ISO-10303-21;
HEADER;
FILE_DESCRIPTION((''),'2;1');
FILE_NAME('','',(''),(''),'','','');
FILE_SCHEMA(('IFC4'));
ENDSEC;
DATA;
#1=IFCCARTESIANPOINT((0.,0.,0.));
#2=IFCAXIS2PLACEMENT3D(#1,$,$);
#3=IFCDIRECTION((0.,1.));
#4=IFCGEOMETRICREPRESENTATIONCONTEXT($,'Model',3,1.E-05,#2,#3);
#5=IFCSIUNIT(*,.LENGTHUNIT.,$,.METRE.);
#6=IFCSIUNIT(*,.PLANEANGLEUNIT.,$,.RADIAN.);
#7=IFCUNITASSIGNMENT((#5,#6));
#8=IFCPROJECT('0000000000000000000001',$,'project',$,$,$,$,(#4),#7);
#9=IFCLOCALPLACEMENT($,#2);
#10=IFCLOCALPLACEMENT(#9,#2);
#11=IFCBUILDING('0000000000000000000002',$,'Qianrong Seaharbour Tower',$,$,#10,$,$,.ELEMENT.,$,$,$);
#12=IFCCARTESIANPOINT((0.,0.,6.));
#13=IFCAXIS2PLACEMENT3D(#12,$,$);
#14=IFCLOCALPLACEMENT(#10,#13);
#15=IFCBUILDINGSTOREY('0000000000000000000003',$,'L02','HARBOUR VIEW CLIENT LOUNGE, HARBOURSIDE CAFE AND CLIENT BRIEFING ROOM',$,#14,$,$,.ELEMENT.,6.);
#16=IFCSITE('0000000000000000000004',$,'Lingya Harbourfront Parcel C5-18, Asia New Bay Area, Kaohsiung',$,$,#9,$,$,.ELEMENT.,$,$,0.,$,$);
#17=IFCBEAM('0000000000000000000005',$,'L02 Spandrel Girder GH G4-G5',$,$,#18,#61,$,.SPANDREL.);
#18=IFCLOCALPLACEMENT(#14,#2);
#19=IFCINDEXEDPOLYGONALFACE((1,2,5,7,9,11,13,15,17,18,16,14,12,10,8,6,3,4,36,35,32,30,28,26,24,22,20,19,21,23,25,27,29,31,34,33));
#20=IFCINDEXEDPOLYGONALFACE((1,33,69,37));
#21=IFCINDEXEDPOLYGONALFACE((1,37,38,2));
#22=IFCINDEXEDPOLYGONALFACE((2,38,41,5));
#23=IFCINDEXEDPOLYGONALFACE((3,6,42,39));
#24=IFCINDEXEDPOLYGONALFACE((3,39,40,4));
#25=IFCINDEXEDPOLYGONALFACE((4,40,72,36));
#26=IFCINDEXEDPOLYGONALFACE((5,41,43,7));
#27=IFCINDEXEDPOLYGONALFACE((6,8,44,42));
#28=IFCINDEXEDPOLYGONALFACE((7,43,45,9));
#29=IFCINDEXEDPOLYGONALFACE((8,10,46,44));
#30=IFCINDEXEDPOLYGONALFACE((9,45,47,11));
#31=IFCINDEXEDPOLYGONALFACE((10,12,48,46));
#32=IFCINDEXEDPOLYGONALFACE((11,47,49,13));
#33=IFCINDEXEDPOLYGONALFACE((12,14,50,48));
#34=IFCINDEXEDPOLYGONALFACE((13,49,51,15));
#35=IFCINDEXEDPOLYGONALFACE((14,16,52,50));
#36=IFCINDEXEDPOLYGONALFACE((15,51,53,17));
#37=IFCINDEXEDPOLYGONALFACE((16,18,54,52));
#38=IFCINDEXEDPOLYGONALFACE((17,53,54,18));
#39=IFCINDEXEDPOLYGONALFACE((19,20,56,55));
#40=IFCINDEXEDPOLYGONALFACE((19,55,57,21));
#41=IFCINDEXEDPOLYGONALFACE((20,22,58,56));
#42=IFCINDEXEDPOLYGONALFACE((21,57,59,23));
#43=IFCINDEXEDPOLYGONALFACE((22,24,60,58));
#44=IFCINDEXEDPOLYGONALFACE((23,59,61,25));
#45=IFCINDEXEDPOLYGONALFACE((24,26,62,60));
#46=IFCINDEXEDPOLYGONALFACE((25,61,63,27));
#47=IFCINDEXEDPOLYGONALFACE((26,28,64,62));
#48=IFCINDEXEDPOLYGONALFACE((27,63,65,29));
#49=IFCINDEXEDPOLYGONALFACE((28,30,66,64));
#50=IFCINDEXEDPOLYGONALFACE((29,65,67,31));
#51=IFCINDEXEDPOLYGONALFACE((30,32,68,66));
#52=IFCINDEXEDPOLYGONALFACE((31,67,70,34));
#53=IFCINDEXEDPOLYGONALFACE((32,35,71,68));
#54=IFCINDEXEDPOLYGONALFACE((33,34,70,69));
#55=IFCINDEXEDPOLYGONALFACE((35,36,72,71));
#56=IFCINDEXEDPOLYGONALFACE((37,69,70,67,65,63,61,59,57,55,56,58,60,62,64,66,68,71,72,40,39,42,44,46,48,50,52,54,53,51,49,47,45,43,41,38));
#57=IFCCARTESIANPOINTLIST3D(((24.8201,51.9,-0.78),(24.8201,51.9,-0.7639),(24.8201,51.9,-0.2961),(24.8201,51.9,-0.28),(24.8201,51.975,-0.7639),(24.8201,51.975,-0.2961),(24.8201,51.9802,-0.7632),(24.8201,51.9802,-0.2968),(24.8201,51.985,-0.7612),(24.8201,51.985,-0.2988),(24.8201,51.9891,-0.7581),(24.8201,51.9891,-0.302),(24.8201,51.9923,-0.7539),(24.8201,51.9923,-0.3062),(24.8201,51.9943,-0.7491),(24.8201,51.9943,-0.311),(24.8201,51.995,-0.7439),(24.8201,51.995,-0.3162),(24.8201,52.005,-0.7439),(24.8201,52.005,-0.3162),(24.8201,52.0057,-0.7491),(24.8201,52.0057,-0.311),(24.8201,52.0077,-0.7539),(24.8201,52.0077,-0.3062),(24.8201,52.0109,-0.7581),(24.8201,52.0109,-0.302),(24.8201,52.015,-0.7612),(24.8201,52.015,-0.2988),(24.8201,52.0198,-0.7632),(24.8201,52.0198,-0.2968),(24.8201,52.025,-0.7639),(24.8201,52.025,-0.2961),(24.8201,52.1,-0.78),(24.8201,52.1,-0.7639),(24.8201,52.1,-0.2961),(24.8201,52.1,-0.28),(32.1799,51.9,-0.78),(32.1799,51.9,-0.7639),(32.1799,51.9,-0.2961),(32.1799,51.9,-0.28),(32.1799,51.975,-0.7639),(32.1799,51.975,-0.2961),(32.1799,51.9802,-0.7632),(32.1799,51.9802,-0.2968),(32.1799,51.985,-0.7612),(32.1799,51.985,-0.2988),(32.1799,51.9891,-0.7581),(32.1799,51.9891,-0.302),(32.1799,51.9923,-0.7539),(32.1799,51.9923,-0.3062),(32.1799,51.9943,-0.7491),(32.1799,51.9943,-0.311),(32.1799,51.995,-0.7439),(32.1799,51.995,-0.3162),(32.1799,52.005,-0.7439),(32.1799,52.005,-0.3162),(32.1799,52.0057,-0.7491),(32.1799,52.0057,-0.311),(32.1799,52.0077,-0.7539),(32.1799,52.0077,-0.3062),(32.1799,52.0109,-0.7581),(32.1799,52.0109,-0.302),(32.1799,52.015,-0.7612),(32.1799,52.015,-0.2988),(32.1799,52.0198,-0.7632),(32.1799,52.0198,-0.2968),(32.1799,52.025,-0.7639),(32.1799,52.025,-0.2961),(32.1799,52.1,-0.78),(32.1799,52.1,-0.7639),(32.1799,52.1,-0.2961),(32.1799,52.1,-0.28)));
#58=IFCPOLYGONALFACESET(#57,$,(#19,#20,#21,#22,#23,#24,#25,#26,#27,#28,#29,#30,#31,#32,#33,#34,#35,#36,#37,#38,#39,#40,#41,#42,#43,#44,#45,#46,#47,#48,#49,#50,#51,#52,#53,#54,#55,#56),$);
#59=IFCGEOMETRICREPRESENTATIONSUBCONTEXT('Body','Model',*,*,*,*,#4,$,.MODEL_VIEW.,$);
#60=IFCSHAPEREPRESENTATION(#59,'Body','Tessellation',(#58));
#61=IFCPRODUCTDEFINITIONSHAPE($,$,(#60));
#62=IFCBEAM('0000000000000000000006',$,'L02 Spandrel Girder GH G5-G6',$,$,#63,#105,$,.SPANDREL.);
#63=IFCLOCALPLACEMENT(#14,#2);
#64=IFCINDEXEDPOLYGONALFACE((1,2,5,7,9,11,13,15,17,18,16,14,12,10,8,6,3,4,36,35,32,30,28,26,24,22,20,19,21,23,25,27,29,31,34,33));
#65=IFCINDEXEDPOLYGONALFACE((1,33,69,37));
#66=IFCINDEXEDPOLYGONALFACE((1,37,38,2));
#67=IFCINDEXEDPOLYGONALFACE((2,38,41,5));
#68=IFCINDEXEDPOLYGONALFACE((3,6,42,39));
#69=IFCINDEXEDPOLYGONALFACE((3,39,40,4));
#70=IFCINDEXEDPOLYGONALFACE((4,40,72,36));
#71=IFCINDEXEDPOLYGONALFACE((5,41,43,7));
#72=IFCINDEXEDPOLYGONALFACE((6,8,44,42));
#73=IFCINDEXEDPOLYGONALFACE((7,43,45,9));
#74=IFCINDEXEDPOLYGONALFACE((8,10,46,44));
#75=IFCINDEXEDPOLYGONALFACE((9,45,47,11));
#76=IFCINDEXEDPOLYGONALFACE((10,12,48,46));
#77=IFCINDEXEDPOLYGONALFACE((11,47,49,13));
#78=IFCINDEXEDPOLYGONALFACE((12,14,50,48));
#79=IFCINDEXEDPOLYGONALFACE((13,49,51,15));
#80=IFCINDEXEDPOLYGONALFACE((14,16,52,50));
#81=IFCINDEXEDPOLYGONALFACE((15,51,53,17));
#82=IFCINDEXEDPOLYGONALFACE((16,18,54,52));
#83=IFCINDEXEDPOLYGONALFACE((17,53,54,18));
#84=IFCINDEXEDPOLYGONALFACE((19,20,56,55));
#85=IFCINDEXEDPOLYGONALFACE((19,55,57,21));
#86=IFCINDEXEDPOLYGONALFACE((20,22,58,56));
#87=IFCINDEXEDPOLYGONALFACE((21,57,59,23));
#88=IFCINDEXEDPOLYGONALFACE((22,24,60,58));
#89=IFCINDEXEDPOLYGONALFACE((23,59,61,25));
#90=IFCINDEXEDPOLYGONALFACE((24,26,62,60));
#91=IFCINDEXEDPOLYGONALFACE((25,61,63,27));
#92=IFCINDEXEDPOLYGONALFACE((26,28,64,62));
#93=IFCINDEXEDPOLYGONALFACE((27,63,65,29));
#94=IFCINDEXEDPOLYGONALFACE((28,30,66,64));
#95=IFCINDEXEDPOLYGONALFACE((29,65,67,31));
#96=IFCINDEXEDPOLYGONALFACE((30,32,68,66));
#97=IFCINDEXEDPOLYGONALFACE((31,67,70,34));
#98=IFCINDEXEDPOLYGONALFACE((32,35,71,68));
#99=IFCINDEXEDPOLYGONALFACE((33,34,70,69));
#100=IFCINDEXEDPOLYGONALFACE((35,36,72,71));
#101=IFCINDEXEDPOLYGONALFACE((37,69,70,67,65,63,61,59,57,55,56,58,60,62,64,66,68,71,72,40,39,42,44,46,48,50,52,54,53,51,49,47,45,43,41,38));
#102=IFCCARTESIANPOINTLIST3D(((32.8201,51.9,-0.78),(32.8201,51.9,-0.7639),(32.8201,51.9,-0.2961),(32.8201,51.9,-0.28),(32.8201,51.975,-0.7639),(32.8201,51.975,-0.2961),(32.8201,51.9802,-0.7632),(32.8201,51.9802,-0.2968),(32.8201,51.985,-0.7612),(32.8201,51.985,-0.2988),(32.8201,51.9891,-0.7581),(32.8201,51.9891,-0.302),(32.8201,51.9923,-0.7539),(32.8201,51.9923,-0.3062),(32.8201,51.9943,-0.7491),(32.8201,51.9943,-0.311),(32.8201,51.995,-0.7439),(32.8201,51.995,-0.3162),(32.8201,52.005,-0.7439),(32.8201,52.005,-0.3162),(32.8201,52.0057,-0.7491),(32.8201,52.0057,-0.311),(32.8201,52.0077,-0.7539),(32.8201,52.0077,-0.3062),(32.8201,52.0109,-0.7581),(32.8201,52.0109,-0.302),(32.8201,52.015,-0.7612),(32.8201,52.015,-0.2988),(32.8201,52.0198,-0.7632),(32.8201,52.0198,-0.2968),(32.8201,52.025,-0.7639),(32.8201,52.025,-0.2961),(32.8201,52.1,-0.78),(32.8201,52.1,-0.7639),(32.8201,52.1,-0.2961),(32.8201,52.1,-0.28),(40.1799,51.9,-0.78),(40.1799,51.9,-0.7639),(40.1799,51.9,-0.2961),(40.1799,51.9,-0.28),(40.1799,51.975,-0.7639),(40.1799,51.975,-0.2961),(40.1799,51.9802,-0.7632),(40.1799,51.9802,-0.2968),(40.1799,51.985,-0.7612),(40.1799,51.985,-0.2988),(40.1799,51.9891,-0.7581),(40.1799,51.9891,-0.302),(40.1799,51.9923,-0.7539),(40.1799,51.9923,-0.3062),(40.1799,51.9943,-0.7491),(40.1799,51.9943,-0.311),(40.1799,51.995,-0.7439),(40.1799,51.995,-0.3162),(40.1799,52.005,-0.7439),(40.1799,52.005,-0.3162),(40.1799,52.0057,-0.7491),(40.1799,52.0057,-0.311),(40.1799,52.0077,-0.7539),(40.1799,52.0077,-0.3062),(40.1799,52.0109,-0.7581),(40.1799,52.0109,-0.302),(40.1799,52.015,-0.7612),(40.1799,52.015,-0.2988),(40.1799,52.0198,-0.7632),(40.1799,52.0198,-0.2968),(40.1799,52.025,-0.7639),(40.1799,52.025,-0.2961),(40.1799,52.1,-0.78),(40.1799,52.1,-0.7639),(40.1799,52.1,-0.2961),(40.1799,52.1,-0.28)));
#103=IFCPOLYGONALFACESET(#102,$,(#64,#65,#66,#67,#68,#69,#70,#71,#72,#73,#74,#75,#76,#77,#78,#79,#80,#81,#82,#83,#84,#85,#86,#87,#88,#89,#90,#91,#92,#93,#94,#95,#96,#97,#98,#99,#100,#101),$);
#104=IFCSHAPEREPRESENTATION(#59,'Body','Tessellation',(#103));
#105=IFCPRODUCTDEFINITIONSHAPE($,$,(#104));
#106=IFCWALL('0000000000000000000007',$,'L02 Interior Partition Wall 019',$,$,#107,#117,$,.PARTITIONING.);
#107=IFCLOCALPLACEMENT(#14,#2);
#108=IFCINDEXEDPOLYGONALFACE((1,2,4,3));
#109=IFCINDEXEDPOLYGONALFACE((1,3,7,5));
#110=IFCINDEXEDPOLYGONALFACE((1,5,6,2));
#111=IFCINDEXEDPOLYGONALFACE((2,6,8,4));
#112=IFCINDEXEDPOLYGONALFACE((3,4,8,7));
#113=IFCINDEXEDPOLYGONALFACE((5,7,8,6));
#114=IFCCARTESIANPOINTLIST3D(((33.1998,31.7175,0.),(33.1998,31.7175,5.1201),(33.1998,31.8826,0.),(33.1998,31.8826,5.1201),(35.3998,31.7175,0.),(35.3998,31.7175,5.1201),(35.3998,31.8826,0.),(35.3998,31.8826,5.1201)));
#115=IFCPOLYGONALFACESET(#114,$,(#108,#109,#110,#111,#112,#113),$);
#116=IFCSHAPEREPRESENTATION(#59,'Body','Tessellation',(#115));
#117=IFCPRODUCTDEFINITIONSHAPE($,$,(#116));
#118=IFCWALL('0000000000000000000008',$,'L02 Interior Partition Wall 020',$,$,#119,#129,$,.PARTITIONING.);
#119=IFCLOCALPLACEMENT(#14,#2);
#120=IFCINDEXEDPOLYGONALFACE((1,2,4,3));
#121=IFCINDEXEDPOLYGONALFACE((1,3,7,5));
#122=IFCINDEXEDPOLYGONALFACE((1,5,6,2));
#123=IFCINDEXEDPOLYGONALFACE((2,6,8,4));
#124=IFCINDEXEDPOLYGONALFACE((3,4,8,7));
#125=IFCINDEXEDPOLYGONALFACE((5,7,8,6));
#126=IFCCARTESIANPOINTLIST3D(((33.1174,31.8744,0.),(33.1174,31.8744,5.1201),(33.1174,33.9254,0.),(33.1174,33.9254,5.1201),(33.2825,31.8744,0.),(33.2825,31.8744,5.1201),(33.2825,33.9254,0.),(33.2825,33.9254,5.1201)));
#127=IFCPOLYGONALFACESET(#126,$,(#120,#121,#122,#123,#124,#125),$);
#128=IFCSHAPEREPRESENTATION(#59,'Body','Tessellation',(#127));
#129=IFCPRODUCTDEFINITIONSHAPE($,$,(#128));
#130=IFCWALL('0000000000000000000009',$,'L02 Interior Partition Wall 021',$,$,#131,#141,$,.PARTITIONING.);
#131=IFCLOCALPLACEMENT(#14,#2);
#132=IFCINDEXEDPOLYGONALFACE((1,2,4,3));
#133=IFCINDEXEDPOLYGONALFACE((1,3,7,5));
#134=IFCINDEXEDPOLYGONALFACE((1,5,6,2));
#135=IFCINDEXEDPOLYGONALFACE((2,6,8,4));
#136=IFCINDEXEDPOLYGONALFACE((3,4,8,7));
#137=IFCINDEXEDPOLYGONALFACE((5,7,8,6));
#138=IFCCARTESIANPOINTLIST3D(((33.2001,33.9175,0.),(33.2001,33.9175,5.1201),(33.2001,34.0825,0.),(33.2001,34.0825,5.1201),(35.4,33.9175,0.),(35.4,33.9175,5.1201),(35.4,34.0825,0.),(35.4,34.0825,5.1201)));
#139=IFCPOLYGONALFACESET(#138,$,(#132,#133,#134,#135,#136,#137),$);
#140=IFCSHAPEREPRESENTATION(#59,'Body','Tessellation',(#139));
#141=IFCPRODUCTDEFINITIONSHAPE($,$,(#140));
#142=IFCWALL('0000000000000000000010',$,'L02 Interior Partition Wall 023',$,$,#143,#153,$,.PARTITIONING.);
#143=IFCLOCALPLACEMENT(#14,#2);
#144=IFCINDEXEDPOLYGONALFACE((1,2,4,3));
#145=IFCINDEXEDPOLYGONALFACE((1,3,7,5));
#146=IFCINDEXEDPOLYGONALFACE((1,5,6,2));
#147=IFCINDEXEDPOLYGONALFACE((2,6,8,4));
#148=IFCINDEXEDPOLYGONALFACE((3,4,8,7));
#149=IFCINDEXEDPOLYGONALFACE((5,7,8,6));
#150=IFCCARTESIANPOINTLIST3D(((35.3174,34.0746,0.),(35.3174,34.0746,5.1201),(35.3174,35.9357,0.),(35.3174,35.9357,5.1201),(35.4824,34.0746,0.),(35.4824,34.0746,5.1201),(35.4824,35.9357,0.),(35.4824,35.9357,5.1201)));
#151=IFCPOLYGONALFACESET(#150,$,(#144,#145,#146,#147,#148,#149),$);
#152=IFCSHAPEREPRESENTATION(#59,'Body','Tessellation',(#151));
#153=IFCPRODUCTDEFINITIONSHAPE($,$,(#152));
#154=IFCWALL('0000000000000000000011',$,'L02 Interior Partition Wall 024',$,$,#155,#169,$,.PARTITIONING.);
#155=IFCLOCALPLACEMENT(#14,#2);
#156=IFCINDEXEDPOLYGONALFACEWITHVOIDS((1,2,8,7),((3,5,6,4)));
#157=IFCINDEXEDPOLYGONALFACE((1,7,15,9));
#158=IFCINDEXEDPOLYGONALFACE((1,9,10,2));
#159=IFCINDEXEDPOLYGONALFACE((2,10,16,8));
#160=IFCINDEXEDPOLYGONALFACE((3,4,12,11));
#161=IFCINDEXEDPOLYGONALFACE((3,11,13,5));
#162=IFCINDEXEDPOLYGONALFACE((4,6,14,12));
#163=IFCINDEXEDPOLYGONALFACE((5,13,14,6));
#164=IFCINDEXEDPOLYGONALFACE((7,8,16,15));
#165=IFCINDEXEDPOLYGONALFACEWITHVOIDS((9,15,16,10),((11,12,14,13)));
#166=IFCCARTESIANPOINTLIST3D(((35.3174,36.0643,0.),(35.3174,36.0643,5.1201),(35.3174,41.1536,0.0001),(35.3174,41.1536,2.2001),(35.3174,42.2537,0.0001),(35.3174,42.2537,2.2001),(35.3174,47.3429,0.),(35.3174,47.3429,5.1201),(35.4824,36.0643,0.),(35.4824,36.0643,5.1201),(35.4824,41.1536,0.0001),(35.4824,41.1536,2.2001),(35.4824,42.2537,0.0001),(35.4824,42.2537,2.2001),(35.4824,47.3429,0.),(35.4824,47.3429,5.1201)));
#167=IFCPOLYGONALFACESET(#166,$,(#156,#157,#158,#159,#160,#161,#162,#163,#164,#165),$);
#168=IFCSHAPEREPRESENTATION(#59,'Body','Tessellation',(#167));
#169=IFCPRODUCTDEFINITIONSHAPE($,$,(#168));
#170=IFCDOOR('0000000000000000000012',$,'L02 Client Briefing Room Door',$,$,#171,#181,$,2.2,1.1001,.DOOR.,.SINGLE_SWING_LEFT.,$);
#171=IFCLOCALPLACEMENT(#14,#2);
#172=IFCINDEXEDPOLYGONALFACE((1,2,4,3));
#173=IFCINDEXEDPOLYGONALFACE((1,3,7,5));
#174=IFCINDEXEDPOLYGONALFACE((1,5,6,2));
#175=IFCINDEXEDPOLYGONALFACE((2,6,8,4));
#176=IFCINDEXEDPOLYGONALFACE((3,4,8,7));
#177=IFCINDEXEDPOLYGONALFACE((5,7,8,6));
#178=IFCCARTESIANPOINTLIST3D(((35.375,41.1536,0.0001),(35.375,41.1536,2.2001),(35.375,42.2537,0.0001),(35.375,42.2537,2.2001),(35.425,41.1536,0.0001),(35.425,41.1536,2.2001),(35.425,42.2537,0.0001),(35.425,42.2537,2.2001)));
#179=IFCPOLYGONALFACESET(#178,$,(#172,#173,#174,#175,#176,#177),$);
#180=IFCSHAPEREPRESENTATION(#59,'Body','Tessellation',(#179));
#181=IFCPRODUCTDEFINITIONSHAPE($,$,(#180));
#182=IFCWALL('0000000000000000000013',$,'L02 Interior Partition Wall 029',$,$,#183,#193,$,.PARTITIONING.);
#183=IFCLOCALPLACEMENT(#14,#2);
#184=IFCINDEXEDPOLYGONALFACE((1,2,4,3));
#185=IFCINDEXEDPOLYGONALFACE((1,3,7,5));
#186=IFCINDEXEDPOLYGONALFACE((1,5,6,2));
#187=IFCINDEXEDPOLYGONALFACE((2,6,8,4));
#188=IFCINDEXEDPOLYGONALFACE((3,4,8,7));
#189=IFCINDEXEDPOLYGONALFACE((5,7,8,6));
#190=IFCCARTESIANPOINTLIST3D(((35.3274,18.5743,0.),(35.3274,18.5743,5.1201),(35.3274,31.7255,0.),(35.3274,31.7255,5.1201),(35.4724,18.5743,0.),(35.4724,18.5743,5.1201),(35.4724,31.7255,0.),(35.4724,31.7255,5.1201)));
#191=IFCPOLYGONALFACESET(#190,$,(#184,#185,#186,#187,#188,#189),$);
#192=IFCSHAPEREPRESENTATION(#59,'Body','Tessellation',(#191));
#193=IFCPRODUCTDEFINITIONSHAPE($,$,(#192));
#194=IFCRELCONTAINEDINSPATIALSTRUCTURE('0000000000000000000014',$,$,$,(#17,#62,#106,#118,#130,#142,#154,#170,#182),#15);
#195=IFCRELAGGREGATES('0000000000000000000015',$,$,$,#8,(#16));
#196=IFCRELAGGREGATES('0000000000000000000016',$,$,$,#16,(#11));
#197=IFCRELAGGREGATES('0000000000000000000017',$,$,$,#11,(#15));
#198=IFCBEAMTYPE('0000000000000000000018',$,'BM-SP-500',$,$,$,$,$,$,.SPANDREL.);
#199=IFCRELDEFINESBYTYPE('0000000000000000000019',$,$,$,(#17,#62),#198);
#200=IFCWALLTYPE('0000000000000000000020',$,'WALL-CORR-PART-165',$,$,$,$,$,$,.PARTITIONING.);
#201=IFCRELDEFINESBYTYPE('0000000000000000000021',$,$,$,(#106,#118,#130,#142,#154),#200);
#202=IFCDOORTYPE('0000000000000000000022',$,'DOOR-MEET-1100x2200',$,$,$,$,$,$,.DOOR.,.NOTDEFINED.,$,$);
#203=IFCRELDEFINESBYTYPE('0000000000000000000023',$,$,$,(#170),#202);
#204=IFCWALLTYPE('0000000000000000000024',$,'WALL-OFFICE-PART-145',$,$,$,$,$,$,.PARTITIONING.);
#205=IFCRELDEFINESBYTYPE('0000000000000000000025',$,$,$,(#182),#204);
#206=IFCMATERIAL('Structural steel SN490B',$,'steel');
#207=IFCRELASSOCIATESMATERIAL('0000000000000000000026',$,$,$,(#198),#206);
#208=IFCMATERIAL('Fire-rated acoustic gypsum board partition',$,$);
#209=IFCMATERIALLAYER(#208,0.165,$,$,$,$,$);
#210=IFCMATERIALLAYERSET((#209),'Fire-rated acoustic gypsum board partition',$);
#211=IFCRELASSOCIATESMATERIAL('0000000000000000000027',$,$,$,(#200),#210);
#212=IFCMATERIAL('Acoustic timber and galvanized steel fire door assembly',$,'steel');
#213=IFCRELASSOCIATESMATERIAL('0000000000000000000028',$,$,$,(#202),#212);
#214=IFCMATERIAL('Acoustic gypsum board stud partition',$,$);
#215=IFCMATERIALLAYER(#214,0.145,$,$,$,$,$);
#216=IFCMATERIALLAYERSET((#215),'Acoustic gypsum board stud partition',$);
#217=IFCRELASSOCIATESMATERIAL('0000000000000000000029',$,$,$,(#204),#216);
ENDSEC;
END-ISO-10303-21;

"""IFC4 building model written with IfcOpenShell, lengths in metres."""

from ifc_helpers import new_model, si_unit, direction, frame, frame_2d, origin, origin_2d, place, context, subcontext, project, spatial, rectangle, i_section, extrude, material, layer, layer_set, material_profile, profile_set, type_object, element, fill, save


model = new_model("IFC4")

# Units and contexts
model_context = context("Model", 3, precision=1e-05, world=origin(), true_north=direction((0.0, 1.0)))
body_context = subcontext(model_context, "Body", "Model", "MODEL_VIEW")
ifc_project = project(units=[si_unit("LENGTHUNIT", "METRE"), si_unit("PLANEANGLEUNIT", "RADIAN")], contexts=[model_context])

# Site, building, storey
site_placement = place(None, origin())
site = spatial("IfcSite", under=ifc_project, at=site_placement, Name="Lingya Harbourfront Parcel C5-18, Asia New Bay Area, Kaohsiung", CompositionType="ELEMENT", RefElevation=0.0)
building_placement = place(site_placement, origin())
building = spatial("IfcBuilding", under=site, at=building_placement, Name="Qianrong Seaharbour Tower", CompositionType="ELEMENT")
storey_placement = place(building_placement, frame((0.0, 0.0, 6.0)))
storey = spatial("IfcBuildingStorey", under=building, at=storey_placement, Name="L02", Description="HARBOUR VIEW CLIENT LOUNGE, HARBOURSIDE CAFE AND CLIENT BRIEFING ROOM", CompositionType="ELEMENT", Elevation=6.0)

# Shared definitions
ifc_material_1 = material(Name="Structural steel SN490B", Category="steel")

# Beams
ifc_material_profile_1 = material_profile(ifc_material_1, i_section(OverallWidth=0.2, OverallDepth=0.5, WebThickness=0.01, FlangeThickness=0.0161, FilletRadius=0.02, at=origin_2d()), Name="H500x200x10x16")
ifc_profile_set_1 = profile_set([ifc_material_profile_1], Name="Structural steel SN490B")
beam_type_1 = type_object("IfcBeamType", Name="BM-SP-500", PredefinedType="SPANDREL", material=ifc_profile_set_1)
for number, where, z_axis, x_axis, name in (
    (1, (24.8201, 52.0, -0.53), (1.0, 0.0, 0.0), (0.0, 1.0, 0.0), "L02 Spandrel Girder GH G4-G5"),
    (2, (32.8201, 52.0, -0.53), (1.0, 0.0, 0.0), (0.0, 1.0, 0.0), "L02 Spandrel Girder GH G5-G6"),
):
    element("IfcBeam", number, at=place(storey_placement, frame(where, z_axis=z_axis, x_axis=x_axis)), inside=storey, type_object=beam_type_1, Name=name, PredefinedType="SPANDREL", context=body_context, shape_type="SweptSolid", body=[
        extrude(i_section(OverallWidth=0.2, OverallDepth=0.5, WebThickness=0.01, FlangeThickness=0.0161, FilletRadius=0.02, at=origin_2d()), origin(), (0.0, 0.0, 1.0), 7.3599),
    ])

# Shared definitions
ifc_material_2 = material(Name="Fire-rated acoustic gypsum board partition")
ifc_layer_1 = layer(ifc_material_2, 0.165)
ifc_layer_set_1 = layer_set([ifc_layer_1], Name="Fire-rated acoustic gypsum board partition")
wall_type_1 = type_object("IfcWallType", Name="WALL-CORR-PART-165", PredefinedType="PARTITIONING", material=ifc_layer_set_1)
ifc_material_3 = material(Name="Acoustic timber and galvanized steel fire door assembly", Category="steel")

# Walls
wall_1_placement = place(storey_placement, frame((35.3999, 31.8, 0.0), z_axis=(0.0, 0.0, 1.0), x_axis=(-1.0, 0.0, 0.0)))
element("IfcWall", 3, at=wall_1_placement, inside=storey, type_object=wall_type_1, Name="L02 Interior Partition Wall 019", PredefinedType="PARTITIONING", context=body_context, shape_type="SweptSolid", body=[
    extrude(rectangle(XDim=2.2, YDim=0.165, at=frame_2d((1.1001, 0.0))), origin(), (0.0, 0.0, 1.0), 5.1201),
])
wall_2_placement = place(storey_placement, frame((33.2, 31.8745, 0.0), z_axis=(0.0, 0.0, 1.0), x_axis=(0.0, 1.0, 0.0)))
element("IfcWall", 4, at=wall_2_placement, inside=storey, type_object=wall_type_1, Name="L02 Interior Partition Wall 020", PredefinedType="PARTITIONING", context=body_context, shape_type="SweptSolid", body=[
    extrude(rectangle(XDim=2.051, YDim=0.165, at=frame_2d((1.0254, 0.0))), origin(), (0.0, 0.0, 1.0), 5.1201),
])
wall_3_placement = place(storey_placement, frame((33.2, 34.0, 0.0), z_axis=(0.0, 0.0, 1.0), x_axis=(1.0, 0.0, 0.0)))
element("IfcWall", 5, at=wall_3_placement, inside=storey, type_object=wall_type_1, Name="L02 Interior Partition Wall 021", PredefinedType="PARTITIONING", context=body_context, shape_type="SweptSolid", body=[
    extrude(rectangle(XDim=2.2, YDim=0.165, at=frame_2d((1.1001, 0.0))), origin(), (0.0, 0.0, 1.0), 5.1201),
])
wall_4_placement = place(storey_placement, frame((35.3999, 34.0745, 0.0), z_axis=(0.0, 0.0, 1.0), x_axis=(0.0, 1.0, 0.0)))
element("IfcWall", 6, at=wall_4_placement, inside=storey, type_object=wall_type_1, Name="L02 Interior Partition Wall 023", PredefinedType="PARTITIONING", context=body_context, shape_type="SweptSolid", body=[
    extrude(rectangle(XDim=1.8611, YDim=0.165, at=frame_2d((0.9307, 0.0))), origin(), (0.0, 0.0, 1.0), 5.1201),
])

# Wall, opening, door
wall_5_placement = place(storey_placement, frame((35.3999, 36.0645, 0.0), z_axis=(0.0, 0.0, 1.0), x_axis=(0.0, 1.0, 0.0)))
wall_5 = element("IfcWall", 7, at=wall_5_placement, inside=storey, type_object=wall_type_1, Name="L02 Interior Partition Wall 024", PredefinedType="PARTITIONING", context=body_context, shape_type="SweptSolid", body=[
    extrude(rectangle(XDim=11.2786, YDim=0.165, at=frame_2d((5.6392, 0.0))), origin(), (0.0, 0.0, 1.0), 5.1201),
])
opening_1_placement = place(wall_5_placement, frame((5.0891, 0.0, 0.0)))
opening_1 = element("IfcOpeningElement", 8, at=opening_1_placement, cuts=wall_5, PredefinedType="OPENING", context=body_context, shape_type="SweptSolid", body=[
    extrude(rectangle(XDim=1.1001, YDim=2.2, at=frame_2d((0.55, 1.1001))), frame((0.0, 0.0925, 0.0), z_axis=(0.0, -1.0, 0.0), x_axis=(1.0, 0.0, 0.0)), (0.0, 0.0, 1.0), 0.1851),
])
door_type_1 = type_object("IfcDoorType", Name="DOOR-MEET-1100x2200", OperationType="NOTDEFINED", PredefinedType="DOOR", material=ifc_material_3)
door_1_placement = place(opening_1_placement, origin())
door_1 = element("IfcDoor", 9, at=door_1_placement, inside=storey, type_object=door_type_1, Name="L02 Client Briefing Room Door", OperationType="SINGLE_SWING_LEFT", OverallHeight=2.2, OverallWidth=1.1001, PredefinedType="DOOR", context=body_context, shape_type="SweptSolid", body=[
    extrude(rectangle(XDim=1.1001, YDim=2.2, at=frame_2d((0.55, 1.1001))), frame((0.0, 0.0249, 0.0), z_axis=(0.0, -1.0, 0.0), x_axis=(1.0, 0.0, 0.0)), (0.0, 0.0, 1.0), 0.05),
])
fill(opening_1, door_1)

# Wall
ifc_material_4 = material(Name="Acoustic gypsum board stud partition")
ifc_layer_2 = layer(ifc_material_4, 0.145)
ifc_layer_set_2 = layer_set([ifc_layer_2], Name="Acoustic gypsum board stud partition")
wall_type_2 = type_object("IfcWallType", Name="WALL-OFFICE-PART-145", PredefinedType="PARTITIONING", material=ifc_layer_set_2)
wall_6_placement = place(storey_placement, frame((35.3999, 31.7256, 0.0), z_axis=(0.0, 0.0, 1.0), x_axis=(0.0, -1.0, 0.0)))
element("IfcWall", 10, at=wall_6_placement, inside=storey, type_object=wall_type_2, Name="L02 Interior Partition Wall 029", PredefinedType="PARTITIONING", context=body_context, shape_type="SweptSolid", body=[
    extrude(rectangle(XDim=13.1511, YDim=0.145, at=frame_2d((6.5757, 0.0))), origin(), (0.0, 0.0, 1.0), 5.1201),
])

save(model, "model.ifc")
